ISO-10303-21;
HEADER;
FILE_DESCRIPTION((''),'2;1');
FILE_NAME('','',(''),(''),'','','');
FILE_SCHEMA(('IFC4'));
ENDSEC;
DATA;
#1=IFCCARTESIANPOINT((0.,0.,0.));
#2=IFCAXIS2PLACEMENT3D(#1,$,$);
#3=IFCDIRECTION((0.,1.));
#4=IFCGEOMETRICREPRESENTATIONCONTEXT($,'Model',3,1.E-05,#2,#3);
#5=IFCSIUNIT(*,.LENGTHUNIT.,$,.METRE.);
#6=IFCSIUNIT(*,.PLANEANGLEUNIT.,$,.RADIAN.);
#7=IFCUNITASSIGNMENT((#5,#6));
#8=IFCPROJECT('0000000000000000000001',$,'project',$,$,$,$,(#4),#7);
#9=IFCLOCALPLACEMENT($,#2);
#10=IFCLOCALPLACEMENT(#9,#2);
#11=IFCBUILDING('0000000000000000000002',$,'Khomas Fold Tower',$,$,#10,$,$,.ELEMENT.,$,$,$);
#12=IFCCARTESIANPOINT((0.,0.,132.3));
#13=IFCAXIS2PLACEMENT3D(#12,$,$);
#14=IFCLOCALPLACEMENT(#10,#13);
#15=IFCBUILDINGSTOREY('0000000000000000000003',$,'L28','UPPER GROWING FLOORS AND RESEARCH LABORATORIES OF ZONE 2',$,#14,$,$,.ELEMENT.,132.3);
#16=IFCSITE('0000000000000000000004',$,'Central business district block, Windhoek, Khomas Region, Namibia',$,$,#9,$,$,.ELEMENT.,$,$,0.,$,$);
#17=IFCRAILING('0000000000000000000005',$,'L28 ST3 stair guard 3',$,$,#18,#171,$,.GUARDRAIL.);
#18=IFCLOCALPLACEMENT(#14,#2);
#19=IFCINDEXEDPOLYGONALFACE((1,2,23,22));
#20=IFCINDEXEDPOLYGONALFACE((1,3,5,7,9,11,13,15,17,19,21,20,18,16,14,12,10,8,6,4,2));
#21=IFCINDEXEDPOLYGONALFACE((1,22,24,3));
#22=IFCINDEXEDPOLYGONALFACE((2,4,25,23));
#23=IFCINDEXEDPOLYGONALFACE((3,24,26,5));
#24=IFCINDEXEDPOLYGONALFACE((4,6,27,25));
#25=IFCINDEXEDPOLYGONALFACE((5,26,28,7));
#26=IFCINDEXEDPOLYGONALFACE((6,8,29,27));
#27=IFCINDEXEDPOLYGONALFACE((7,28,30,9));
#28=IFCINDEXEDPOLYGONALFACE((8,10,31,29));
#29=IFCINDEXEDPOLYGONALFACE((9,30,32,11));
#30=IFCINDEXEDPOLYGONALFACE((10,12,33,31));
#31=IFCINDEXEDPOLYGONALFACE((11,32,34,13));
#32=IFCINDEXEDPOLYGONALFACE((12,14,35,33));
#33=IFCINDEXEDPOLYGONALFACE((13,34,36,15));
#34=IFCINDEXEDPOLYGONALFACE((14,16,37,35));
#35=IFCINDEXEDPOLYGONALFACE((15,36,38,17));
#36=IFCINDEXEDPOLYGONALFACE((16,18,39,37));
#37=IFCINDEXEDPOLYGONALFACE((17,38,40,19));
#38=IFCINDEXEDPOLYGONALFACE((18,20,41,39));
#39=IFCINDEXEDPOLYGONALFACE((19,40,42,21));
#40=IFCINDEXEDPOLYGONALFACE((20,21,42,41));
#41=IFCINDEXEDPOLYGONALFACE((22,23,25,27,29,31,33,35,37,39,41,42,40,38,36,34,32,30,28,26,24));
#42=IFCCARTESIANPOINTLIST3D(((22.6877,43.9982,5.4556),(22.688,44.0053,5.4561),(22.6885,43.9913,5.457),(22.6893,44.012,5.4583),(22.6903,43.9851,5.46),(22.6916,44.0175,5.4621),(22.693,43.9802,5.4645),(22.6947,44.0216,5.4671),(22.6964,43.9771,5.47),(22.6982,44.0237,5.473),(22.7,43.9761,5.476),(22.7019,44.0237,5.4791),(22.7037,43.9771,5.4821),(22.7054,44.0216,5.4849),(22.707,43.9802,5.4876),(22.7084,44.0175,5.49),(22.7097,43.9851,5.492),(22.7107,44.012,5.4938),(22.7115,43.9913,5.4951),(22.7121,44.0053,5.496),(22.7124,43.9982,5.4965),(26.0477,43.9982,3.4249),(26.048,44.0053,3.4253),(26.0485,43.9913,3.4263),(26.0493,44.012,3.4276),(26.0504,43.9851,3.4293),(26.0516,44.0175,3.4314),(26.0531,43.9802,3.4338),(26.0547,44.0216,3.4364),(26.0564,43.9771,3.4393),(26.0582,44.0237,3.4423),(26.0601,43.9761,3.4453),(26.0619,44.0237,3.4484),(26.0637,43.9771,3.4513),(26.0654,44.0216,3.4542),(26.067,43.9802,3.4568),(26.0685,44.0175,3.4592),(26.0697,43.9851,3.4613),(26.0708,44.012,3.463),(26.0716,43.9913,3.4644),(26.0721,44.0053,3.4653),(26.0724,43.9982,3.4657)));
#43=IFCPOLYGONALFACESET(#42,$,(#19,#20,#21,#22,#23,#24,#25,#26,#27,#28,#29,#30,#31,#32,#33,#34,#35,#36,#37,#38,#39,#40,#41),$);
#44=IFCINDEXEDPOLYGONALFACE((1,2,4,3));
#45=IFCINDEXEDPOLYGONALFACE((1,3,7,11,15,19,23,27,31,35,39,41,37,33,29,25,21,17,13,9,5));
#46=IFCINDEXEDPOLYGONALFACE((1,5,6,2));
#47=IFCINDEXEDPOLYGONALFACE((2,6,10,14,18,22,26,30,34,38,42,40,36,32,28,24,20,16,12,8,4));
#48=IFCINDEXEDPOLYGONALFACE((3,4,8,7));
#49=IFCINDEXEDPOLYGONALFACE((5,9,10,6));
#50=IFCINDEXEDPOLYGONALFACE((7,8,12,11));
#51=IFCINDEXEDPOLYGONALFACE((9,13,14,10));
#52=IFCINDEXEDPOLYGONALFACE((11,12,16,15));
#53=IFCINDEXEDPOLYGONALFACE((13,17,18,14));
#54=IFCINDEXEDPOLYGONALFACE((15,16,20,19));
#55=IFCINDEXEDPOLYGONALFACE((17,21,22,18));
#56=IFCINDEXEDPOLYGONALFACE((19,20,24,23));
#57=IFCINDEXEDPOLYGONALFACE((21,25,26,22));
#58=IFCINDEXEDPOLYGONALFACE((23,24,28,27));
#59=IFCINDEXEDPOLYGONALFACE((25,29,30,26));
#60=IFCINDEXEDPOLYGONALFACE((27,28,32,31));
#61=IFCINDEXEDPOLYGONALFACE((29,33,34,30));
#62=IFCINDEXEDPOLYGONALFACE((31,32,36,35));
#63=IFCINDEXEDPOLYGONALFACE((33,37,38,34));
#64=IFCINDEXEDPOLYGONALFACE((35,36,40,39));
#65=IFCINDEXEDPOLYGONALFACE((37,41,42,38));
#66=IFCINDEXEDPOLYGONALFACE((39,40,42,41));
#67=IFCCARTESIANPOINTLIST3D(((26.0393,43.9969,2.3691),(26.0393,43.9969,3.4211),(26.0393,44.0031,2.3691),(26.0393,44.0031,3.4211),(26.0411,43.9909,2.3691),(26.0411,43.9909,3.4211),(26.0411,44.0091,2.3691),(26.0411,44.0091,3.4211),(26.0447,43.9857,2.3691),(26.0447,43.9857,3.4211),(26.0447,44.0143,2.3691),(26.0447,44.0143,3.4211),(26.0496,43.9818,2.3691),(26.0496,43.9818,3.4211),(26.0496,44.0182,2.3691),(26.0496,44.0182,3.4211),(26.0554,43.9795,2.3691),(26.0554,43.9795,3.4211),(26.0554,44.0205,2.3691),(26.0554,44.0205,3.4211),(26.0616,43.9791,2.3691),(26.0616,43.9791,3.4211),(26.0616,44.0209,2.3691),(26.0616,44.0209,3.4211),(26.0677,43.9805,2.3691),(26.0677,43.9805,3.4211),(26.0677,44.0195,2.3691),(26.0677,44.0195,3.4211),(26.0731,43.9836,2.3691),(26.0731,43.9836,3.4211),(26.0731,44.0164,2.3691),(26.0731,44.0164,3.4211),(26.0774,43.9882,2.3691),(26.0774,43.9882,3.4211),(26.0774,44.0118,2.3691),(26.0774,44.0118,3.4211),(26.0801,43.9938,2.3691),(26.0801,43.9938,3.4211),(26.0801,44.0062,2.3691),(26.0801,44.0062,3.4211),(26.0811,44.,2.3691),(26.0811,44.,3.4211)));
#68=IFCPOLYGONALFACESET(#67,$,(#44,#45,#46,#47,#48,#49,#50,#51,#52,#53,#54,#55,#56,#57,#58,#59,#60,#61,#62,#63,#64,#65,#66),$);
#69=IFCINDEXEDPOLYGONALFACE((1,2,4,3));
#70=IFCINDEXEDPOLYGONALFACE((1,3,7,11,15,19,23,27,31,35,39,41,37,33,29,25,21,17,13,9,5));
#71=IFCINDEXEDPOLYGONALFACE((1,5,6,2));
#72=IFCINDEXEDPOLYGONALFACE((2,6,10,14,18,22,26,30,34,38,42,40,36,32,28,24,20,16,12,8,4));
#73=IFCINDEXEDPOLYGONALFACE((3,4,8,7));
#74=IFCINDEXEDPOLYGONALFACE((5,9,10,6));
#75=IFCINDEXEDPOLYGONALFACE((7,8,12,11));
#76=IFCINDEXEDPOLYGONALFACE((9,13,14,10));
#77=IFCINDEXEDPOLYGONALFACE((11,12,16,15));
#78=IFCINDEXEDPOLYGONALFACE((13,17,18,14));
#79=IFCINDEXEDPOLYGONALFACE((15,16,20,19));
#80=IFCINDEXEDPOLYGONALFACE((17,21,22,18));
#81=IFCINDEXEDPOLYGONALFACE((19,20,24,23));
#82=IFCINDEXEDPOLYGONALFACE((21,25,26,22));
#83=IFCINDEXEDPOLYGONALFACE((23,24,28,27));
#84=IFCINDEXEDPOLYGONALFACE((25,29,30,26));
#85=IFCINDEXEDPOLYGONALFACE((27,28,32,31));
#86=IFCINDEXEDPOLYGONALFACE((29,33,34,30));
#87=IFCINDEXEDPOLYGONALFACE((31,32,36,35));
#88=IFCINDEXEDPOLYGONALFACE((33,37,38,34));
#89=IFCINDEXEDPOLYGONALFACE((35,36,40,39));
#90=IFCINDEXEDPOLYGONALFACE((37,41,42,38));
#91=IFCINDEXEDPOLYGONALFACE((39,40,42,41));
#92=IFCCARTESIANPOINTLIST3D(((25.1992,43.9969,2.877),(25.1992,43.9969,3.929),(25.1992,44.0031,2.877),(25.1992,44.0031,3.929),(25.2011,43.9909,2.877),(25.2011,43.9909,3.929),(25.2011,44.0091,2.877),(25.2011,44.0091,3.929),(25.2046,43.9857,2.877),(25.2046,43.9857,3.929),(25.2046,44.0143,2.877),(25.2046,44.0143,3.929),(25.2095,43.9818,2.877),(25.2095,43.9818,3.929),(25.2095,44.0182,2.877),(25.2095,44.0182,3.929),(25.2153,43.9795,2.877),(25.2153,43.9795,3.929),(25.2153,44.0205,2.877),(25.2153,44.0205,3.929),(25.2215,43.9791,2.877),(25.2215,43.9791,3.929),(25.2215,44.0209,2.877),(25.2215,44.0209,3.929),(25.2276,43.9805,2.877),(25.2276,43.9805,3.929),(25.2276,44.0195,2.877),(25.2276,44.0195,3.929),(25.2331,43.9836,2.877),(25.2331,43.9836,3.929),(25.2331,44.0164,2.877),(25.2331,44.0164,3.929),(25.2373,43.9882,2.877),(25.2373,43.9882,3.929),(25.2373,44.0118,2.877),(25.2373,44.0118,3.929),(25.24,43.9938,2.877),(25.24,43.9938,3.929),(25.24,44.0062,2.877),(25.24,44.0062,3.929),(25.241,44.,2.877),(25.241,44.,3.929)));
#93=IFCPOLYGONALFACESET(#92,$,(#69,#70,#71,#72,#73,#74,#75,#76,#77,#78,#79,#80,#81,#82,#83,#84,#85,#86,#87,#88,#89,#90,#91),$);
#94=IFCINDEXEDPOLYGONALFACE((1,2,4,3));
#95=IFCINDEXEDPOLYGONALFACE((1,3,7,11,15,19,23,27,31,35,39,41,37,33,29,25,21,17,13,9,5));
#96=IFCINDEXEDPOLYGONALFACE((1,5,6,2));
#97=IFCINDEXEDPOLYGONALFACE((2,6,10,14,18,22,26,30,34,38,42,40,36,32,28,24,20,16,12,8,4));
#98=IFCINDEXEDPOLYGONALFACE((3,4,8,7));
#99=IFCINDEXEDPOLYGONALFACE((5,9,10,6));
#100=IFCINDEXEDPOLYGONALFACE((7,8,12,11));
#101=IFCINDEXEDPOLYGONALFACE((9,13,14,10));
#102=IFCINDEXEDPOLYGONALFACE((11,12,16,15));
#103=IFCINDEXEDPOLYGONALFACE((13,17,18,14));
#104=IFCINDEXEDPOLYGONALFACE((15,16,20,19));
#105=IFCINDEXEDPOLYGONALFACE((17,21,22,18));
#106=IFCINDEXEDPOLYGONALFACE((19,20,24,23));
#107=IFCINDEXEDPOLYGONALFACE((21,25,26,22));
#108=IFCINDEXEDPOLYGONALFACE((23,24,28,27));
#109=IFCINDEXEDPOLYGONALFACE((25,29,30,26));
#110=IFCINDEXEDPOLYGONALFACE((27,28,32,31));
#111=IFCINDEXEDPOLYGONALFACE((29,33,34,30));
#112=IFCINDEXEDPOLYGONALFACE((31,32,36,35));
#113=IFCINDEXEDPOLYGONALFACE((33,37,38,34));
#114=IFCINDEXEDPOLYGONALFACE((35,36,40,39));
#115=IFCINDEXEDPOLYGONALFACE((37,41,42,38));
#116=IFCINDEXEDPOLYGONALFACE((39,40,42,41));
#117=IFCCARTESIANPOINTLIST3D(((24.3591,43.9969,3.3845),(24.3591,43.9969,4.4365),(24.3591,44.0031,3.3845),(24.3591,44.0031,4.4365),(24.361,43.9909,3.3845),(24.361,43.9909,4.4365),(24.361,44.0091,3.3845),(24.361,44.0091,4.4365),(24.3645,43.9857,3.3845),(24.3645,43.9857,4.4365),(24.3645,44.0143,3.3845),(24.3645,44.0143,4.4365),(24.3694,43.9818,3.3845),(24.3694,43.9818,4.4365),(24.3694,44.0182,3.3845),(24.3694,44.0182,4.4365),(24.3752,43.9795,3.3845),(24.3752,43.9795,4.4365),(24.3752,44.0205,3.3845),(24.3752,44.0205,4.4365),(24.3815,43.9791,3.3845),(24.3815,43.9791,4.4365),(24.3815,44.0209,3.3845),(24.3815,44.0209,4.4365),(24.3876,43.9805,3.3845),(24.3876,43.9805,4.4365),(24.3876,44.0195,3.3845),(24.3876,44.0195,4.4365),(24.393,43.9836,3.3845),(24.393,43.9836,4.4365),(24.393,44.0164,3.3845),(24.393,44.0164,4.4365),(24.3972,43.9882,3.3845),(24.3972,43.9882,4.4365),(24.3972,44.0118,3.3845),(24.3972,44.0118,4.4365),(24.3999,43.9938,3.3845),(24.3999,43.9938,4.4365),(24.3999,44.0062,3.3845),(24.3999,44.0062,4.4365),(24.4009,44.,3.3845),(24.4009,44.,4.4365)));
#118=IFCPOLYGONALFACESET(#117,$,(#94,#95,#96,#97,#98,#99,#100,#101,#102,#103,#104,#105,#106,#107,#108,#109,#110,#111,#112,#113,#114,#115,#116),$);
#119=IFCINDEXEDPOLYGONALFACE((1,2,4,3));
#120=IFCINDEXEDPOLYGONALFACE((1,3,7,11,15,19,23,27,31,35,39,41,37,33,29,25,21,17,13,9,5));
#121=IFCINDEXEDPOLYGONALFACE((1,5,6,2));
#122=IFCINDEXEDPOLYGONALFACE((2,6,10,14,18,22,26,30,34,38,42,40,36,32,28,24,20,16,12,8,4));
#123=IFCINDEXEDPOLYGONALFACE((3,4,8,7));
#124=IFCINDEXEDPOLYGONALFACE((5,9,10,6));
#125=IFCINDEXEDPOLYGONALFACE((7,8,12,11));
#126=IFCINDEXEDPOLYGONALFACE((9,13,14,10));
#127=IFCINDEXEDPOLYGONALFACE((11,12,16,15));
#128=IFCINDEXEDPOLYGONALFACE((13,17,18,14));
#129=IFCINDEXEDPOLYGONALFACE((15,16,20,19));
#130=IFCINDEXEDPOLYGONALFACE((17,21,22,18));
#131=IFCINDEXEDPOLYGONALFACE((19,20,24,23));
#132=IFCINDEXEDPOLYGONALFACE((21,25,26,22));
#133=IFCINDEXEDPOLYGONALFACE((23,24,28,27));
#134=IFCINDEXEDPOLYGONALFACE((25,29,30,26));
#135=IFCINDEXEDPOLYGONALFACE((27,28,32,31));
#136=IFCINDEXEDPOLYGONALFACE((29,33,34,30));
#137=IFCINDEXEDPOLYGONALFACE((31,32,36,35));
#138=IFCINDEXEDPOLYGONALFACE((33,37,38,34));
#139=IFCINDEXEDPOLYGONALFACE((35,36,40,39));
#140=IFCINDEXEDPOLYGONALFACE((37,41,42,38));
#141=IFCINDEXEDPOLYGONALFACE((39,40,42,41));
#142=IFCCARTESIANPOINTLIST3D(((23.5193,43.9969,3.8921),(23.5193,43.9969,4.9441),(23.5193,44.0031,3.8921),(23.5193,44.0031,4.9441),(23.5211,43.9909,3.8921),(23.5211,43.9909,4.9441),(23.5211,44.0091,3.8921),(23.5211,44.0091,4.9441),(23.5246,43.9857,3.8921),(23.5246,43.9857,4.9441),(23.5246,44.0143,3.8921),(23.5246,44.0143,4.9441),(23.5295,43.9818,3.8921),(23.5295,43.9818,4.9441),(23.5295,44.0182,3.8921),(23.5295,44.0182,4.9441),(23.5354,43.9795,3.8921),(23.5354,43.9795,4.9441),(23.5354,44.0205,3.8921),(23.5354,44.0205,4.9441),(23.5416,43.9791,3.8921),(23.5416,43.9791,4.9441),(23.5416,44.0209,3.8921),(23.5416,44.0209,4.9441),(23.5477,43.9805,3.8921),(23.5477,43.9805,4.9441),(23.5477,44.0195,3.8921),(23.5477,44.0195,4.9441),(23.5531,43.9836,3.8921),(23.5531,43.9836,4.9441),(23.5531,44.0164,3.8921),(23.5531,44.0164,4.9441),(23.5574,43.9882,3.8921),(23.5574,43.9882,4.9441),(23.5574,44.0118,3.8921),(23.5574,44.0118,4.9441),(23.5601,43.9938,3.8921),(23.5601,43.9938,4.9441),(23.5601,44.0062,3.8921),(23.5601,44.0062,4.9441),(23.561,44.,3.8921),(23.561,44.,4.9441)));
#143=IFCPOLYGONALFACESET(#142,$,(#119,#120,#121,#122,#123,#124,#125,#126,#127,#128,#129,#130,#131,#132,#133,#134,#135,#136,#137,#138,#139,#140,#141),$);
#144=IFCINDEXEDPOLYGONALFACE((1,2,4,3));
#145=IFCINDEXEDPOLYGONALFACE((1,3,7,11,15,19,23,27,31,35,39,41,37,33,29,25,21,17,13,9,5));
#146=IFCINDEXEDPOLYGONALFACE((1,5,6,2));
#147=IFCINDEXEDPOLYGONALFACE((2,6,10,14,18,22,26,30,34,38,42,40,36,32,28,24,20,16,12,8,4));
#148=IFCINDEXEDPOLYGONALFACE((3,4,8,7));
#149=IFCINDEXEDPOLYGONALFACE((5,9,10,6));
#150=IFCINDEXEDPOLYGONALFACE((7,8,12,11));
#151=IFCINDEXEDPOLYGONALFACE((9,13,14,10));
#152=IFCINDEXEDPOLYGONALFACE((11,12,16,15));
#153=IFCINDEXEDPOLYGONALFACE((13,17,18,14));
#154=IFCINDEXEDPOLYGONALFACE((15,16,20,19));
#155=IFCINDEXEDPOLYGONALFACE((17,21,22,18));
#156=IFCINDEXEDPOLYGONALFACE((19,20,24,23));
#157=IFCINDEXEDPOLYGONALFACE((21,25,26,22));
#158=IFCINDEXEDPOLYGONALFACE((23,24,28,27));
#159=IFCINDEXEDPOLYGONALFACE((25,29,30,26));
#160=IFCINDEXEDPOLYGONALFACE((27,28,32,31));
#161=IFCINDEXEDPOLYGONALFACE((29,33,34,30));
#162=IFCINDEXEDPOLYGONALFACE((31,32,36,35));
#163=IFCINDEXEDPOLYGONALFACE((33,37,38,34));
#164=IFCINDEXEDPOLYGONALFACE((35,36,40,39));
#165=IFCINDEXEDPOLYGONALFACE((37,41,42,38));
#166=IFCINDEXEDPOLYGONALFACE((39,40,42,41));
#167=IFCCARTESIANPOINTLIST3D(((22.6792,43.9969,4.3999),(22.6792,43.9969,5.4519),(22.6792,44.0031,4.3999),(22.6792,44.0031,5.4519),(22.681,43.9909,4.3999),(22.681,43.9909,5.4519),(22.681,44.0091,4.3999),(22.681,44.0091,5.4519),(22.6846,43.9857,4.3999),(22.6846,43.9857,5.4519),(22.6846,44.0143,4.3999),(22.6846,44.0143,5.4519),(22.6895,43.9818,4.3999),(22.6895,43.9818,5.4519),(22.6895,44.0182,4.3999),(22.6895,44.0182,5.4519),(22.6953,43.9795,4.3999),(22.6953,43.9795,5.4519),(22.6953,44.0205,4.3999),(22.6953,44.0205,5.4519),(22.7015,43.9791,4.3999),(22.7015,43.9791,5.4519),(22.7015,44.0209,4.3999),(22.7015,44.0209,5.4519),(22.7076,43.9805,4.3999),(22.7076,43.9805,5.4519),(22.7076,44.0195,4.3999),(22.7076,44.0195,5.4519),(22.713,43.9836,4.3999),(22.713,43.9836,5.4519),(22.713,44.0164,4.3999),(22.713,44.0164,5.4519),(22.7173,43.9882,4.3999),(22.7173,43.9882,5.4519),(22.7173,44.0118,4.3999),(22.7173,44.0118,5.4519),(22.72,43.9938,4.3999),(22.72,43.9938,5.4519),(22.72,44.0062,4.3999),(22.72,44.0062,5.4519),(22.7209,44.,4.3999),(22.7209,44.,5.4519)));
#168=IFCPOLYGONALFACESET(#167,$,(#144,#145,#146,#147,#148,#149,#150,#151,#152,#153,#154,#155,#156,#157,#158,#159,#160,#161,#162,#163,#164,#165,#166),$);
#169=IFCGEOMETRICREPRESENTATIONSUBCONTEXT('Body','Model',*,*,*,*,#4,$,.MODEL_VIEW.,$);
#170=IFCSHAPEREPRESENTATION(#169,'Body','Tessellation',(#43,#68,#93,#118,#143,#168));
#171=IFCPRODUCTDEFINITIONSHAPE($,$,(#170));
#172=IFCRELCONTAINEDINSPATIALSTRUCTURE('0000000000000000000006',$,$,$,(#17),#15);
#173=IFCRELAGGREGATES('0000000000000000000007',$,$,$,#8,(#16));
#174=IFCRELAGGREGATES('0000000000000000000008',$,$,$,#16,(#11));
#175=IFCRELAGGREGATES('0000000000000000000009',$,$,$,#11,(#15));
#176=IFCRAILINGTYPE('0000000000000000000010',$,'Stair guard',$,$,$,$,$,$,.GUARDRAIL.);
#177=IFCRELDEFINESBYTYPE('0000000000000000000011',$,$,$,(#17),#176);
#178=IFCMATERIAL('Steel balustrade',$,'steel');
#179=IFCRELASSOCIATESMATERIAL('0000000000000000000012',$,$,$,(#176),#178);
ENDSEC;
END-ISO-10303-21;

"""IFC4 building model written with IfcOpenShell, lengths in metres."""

from ifc_helpers import new_model, si_unit, direction, frame, origin, origin_2d, place, context, subcontext, project, spatial, circle, extrude, source, transform, mapped, material, type_object, element, save


model = new_model("IFC4")

# Units and contexts
model_context = context("Model", 3, precision=1e-05, world=origin(), true_north=direction((0.0, 1.0)))
body_context = subcontext(model_context, "Body", "Model", "MODEL_VIEW")
ifc_project = project(units=[si_unit("LENGTHUNIT", "METRE"), si_unit("PLANEANGLEUNIT", "RADIAN")], contexts=[model_context])

# Site, building, storey
site_placement = place(None, origin())
site = spatial("IfcSite", under=ifc_project, at=site_placement, Name="Central business district block, Windhoek, Khomas Region, Namibia", CompositionType="ELEMENT", RefElevation=0.0)
building_placement = place(site_placement, origin())
building = spatial("IfcBuilding", under=site, at=building_placement, Name="Khomas Fold Tower", CompositionType="ELEMENT")
storey_placement = place(building_placement, frame((0.0, 0.0, 132.3)))
storey = spatial("IfcBuildingStorey", under=building, at=storey_placement, Name="L28", Description="UPPER GROWING FLOORS AND RESEARCH LABORATORIES OF ZONE 2", CompositionType="ELEMENT", Elevation=132.3)

# Railing
ifc_material_1 = material(Name="Steel balustrade", Category="steel")
railing_type_1 = type_object("IfcRailingType", Name="Stair guard", PredefinedType="GUARDRAIL", material=ifc_material_1)
shared_shape_1 = source(origin(), body_context, "Body", "SweptSolid", [
    extrude(circle(Radius=0.0239, at=origin_2d()), frame((0.0, 0.0, 1.0762), z_axis=(-0.855837, 0.0, 0.517246), x_axis=(0.0, -1.0, 0.0)), (0.0, 0.0, 1.0), 3.926),
    extrude(circle(Radius=0.021, at=origin_2d()), origin(), (0.0, 0.0, 1.0), 1.052),
    extrude(circle(Radius=0.021, at=origin_2d()), frame((-0.8401, 0.0, 0.5078)), (0.0, 0.0, 1.0), 1.052),
    extrude(circle(Radius=0.021, at=origin_2d()), frame((-1.6802, 0.0, 1.0154)), (0.0, 0.0, 1.0), 1.052),
    extrude(circle(Radius=0.021, at=origin_2d()), frame((-2.52, 0.0, 1.5229)), (0.0, 0.0, 1.0), 1.052),
    extrude(circle(Radius=0.021, at=origin_2d()), frame((-3.3601, 0.0, 2.0308)), (0.0, 0.0, 1.0), 1.052),
])
railing_1_placement = place(storey_placement, frame((26.0601, 44.0, 2.3691)))
element("IfcRailing", 1, at=railing_1_placement, inside=storey, type_object=railing_type_1, Name="L28 ST3 stair guard 3", PredefinedType="GUARDRAIL", context=body_context, shape_type="MappedRepresentation", body=[
    mapped(shared_shape_1, transform((0.0, 0.0, 0.0))),
])

save(model, "model.ifc")
